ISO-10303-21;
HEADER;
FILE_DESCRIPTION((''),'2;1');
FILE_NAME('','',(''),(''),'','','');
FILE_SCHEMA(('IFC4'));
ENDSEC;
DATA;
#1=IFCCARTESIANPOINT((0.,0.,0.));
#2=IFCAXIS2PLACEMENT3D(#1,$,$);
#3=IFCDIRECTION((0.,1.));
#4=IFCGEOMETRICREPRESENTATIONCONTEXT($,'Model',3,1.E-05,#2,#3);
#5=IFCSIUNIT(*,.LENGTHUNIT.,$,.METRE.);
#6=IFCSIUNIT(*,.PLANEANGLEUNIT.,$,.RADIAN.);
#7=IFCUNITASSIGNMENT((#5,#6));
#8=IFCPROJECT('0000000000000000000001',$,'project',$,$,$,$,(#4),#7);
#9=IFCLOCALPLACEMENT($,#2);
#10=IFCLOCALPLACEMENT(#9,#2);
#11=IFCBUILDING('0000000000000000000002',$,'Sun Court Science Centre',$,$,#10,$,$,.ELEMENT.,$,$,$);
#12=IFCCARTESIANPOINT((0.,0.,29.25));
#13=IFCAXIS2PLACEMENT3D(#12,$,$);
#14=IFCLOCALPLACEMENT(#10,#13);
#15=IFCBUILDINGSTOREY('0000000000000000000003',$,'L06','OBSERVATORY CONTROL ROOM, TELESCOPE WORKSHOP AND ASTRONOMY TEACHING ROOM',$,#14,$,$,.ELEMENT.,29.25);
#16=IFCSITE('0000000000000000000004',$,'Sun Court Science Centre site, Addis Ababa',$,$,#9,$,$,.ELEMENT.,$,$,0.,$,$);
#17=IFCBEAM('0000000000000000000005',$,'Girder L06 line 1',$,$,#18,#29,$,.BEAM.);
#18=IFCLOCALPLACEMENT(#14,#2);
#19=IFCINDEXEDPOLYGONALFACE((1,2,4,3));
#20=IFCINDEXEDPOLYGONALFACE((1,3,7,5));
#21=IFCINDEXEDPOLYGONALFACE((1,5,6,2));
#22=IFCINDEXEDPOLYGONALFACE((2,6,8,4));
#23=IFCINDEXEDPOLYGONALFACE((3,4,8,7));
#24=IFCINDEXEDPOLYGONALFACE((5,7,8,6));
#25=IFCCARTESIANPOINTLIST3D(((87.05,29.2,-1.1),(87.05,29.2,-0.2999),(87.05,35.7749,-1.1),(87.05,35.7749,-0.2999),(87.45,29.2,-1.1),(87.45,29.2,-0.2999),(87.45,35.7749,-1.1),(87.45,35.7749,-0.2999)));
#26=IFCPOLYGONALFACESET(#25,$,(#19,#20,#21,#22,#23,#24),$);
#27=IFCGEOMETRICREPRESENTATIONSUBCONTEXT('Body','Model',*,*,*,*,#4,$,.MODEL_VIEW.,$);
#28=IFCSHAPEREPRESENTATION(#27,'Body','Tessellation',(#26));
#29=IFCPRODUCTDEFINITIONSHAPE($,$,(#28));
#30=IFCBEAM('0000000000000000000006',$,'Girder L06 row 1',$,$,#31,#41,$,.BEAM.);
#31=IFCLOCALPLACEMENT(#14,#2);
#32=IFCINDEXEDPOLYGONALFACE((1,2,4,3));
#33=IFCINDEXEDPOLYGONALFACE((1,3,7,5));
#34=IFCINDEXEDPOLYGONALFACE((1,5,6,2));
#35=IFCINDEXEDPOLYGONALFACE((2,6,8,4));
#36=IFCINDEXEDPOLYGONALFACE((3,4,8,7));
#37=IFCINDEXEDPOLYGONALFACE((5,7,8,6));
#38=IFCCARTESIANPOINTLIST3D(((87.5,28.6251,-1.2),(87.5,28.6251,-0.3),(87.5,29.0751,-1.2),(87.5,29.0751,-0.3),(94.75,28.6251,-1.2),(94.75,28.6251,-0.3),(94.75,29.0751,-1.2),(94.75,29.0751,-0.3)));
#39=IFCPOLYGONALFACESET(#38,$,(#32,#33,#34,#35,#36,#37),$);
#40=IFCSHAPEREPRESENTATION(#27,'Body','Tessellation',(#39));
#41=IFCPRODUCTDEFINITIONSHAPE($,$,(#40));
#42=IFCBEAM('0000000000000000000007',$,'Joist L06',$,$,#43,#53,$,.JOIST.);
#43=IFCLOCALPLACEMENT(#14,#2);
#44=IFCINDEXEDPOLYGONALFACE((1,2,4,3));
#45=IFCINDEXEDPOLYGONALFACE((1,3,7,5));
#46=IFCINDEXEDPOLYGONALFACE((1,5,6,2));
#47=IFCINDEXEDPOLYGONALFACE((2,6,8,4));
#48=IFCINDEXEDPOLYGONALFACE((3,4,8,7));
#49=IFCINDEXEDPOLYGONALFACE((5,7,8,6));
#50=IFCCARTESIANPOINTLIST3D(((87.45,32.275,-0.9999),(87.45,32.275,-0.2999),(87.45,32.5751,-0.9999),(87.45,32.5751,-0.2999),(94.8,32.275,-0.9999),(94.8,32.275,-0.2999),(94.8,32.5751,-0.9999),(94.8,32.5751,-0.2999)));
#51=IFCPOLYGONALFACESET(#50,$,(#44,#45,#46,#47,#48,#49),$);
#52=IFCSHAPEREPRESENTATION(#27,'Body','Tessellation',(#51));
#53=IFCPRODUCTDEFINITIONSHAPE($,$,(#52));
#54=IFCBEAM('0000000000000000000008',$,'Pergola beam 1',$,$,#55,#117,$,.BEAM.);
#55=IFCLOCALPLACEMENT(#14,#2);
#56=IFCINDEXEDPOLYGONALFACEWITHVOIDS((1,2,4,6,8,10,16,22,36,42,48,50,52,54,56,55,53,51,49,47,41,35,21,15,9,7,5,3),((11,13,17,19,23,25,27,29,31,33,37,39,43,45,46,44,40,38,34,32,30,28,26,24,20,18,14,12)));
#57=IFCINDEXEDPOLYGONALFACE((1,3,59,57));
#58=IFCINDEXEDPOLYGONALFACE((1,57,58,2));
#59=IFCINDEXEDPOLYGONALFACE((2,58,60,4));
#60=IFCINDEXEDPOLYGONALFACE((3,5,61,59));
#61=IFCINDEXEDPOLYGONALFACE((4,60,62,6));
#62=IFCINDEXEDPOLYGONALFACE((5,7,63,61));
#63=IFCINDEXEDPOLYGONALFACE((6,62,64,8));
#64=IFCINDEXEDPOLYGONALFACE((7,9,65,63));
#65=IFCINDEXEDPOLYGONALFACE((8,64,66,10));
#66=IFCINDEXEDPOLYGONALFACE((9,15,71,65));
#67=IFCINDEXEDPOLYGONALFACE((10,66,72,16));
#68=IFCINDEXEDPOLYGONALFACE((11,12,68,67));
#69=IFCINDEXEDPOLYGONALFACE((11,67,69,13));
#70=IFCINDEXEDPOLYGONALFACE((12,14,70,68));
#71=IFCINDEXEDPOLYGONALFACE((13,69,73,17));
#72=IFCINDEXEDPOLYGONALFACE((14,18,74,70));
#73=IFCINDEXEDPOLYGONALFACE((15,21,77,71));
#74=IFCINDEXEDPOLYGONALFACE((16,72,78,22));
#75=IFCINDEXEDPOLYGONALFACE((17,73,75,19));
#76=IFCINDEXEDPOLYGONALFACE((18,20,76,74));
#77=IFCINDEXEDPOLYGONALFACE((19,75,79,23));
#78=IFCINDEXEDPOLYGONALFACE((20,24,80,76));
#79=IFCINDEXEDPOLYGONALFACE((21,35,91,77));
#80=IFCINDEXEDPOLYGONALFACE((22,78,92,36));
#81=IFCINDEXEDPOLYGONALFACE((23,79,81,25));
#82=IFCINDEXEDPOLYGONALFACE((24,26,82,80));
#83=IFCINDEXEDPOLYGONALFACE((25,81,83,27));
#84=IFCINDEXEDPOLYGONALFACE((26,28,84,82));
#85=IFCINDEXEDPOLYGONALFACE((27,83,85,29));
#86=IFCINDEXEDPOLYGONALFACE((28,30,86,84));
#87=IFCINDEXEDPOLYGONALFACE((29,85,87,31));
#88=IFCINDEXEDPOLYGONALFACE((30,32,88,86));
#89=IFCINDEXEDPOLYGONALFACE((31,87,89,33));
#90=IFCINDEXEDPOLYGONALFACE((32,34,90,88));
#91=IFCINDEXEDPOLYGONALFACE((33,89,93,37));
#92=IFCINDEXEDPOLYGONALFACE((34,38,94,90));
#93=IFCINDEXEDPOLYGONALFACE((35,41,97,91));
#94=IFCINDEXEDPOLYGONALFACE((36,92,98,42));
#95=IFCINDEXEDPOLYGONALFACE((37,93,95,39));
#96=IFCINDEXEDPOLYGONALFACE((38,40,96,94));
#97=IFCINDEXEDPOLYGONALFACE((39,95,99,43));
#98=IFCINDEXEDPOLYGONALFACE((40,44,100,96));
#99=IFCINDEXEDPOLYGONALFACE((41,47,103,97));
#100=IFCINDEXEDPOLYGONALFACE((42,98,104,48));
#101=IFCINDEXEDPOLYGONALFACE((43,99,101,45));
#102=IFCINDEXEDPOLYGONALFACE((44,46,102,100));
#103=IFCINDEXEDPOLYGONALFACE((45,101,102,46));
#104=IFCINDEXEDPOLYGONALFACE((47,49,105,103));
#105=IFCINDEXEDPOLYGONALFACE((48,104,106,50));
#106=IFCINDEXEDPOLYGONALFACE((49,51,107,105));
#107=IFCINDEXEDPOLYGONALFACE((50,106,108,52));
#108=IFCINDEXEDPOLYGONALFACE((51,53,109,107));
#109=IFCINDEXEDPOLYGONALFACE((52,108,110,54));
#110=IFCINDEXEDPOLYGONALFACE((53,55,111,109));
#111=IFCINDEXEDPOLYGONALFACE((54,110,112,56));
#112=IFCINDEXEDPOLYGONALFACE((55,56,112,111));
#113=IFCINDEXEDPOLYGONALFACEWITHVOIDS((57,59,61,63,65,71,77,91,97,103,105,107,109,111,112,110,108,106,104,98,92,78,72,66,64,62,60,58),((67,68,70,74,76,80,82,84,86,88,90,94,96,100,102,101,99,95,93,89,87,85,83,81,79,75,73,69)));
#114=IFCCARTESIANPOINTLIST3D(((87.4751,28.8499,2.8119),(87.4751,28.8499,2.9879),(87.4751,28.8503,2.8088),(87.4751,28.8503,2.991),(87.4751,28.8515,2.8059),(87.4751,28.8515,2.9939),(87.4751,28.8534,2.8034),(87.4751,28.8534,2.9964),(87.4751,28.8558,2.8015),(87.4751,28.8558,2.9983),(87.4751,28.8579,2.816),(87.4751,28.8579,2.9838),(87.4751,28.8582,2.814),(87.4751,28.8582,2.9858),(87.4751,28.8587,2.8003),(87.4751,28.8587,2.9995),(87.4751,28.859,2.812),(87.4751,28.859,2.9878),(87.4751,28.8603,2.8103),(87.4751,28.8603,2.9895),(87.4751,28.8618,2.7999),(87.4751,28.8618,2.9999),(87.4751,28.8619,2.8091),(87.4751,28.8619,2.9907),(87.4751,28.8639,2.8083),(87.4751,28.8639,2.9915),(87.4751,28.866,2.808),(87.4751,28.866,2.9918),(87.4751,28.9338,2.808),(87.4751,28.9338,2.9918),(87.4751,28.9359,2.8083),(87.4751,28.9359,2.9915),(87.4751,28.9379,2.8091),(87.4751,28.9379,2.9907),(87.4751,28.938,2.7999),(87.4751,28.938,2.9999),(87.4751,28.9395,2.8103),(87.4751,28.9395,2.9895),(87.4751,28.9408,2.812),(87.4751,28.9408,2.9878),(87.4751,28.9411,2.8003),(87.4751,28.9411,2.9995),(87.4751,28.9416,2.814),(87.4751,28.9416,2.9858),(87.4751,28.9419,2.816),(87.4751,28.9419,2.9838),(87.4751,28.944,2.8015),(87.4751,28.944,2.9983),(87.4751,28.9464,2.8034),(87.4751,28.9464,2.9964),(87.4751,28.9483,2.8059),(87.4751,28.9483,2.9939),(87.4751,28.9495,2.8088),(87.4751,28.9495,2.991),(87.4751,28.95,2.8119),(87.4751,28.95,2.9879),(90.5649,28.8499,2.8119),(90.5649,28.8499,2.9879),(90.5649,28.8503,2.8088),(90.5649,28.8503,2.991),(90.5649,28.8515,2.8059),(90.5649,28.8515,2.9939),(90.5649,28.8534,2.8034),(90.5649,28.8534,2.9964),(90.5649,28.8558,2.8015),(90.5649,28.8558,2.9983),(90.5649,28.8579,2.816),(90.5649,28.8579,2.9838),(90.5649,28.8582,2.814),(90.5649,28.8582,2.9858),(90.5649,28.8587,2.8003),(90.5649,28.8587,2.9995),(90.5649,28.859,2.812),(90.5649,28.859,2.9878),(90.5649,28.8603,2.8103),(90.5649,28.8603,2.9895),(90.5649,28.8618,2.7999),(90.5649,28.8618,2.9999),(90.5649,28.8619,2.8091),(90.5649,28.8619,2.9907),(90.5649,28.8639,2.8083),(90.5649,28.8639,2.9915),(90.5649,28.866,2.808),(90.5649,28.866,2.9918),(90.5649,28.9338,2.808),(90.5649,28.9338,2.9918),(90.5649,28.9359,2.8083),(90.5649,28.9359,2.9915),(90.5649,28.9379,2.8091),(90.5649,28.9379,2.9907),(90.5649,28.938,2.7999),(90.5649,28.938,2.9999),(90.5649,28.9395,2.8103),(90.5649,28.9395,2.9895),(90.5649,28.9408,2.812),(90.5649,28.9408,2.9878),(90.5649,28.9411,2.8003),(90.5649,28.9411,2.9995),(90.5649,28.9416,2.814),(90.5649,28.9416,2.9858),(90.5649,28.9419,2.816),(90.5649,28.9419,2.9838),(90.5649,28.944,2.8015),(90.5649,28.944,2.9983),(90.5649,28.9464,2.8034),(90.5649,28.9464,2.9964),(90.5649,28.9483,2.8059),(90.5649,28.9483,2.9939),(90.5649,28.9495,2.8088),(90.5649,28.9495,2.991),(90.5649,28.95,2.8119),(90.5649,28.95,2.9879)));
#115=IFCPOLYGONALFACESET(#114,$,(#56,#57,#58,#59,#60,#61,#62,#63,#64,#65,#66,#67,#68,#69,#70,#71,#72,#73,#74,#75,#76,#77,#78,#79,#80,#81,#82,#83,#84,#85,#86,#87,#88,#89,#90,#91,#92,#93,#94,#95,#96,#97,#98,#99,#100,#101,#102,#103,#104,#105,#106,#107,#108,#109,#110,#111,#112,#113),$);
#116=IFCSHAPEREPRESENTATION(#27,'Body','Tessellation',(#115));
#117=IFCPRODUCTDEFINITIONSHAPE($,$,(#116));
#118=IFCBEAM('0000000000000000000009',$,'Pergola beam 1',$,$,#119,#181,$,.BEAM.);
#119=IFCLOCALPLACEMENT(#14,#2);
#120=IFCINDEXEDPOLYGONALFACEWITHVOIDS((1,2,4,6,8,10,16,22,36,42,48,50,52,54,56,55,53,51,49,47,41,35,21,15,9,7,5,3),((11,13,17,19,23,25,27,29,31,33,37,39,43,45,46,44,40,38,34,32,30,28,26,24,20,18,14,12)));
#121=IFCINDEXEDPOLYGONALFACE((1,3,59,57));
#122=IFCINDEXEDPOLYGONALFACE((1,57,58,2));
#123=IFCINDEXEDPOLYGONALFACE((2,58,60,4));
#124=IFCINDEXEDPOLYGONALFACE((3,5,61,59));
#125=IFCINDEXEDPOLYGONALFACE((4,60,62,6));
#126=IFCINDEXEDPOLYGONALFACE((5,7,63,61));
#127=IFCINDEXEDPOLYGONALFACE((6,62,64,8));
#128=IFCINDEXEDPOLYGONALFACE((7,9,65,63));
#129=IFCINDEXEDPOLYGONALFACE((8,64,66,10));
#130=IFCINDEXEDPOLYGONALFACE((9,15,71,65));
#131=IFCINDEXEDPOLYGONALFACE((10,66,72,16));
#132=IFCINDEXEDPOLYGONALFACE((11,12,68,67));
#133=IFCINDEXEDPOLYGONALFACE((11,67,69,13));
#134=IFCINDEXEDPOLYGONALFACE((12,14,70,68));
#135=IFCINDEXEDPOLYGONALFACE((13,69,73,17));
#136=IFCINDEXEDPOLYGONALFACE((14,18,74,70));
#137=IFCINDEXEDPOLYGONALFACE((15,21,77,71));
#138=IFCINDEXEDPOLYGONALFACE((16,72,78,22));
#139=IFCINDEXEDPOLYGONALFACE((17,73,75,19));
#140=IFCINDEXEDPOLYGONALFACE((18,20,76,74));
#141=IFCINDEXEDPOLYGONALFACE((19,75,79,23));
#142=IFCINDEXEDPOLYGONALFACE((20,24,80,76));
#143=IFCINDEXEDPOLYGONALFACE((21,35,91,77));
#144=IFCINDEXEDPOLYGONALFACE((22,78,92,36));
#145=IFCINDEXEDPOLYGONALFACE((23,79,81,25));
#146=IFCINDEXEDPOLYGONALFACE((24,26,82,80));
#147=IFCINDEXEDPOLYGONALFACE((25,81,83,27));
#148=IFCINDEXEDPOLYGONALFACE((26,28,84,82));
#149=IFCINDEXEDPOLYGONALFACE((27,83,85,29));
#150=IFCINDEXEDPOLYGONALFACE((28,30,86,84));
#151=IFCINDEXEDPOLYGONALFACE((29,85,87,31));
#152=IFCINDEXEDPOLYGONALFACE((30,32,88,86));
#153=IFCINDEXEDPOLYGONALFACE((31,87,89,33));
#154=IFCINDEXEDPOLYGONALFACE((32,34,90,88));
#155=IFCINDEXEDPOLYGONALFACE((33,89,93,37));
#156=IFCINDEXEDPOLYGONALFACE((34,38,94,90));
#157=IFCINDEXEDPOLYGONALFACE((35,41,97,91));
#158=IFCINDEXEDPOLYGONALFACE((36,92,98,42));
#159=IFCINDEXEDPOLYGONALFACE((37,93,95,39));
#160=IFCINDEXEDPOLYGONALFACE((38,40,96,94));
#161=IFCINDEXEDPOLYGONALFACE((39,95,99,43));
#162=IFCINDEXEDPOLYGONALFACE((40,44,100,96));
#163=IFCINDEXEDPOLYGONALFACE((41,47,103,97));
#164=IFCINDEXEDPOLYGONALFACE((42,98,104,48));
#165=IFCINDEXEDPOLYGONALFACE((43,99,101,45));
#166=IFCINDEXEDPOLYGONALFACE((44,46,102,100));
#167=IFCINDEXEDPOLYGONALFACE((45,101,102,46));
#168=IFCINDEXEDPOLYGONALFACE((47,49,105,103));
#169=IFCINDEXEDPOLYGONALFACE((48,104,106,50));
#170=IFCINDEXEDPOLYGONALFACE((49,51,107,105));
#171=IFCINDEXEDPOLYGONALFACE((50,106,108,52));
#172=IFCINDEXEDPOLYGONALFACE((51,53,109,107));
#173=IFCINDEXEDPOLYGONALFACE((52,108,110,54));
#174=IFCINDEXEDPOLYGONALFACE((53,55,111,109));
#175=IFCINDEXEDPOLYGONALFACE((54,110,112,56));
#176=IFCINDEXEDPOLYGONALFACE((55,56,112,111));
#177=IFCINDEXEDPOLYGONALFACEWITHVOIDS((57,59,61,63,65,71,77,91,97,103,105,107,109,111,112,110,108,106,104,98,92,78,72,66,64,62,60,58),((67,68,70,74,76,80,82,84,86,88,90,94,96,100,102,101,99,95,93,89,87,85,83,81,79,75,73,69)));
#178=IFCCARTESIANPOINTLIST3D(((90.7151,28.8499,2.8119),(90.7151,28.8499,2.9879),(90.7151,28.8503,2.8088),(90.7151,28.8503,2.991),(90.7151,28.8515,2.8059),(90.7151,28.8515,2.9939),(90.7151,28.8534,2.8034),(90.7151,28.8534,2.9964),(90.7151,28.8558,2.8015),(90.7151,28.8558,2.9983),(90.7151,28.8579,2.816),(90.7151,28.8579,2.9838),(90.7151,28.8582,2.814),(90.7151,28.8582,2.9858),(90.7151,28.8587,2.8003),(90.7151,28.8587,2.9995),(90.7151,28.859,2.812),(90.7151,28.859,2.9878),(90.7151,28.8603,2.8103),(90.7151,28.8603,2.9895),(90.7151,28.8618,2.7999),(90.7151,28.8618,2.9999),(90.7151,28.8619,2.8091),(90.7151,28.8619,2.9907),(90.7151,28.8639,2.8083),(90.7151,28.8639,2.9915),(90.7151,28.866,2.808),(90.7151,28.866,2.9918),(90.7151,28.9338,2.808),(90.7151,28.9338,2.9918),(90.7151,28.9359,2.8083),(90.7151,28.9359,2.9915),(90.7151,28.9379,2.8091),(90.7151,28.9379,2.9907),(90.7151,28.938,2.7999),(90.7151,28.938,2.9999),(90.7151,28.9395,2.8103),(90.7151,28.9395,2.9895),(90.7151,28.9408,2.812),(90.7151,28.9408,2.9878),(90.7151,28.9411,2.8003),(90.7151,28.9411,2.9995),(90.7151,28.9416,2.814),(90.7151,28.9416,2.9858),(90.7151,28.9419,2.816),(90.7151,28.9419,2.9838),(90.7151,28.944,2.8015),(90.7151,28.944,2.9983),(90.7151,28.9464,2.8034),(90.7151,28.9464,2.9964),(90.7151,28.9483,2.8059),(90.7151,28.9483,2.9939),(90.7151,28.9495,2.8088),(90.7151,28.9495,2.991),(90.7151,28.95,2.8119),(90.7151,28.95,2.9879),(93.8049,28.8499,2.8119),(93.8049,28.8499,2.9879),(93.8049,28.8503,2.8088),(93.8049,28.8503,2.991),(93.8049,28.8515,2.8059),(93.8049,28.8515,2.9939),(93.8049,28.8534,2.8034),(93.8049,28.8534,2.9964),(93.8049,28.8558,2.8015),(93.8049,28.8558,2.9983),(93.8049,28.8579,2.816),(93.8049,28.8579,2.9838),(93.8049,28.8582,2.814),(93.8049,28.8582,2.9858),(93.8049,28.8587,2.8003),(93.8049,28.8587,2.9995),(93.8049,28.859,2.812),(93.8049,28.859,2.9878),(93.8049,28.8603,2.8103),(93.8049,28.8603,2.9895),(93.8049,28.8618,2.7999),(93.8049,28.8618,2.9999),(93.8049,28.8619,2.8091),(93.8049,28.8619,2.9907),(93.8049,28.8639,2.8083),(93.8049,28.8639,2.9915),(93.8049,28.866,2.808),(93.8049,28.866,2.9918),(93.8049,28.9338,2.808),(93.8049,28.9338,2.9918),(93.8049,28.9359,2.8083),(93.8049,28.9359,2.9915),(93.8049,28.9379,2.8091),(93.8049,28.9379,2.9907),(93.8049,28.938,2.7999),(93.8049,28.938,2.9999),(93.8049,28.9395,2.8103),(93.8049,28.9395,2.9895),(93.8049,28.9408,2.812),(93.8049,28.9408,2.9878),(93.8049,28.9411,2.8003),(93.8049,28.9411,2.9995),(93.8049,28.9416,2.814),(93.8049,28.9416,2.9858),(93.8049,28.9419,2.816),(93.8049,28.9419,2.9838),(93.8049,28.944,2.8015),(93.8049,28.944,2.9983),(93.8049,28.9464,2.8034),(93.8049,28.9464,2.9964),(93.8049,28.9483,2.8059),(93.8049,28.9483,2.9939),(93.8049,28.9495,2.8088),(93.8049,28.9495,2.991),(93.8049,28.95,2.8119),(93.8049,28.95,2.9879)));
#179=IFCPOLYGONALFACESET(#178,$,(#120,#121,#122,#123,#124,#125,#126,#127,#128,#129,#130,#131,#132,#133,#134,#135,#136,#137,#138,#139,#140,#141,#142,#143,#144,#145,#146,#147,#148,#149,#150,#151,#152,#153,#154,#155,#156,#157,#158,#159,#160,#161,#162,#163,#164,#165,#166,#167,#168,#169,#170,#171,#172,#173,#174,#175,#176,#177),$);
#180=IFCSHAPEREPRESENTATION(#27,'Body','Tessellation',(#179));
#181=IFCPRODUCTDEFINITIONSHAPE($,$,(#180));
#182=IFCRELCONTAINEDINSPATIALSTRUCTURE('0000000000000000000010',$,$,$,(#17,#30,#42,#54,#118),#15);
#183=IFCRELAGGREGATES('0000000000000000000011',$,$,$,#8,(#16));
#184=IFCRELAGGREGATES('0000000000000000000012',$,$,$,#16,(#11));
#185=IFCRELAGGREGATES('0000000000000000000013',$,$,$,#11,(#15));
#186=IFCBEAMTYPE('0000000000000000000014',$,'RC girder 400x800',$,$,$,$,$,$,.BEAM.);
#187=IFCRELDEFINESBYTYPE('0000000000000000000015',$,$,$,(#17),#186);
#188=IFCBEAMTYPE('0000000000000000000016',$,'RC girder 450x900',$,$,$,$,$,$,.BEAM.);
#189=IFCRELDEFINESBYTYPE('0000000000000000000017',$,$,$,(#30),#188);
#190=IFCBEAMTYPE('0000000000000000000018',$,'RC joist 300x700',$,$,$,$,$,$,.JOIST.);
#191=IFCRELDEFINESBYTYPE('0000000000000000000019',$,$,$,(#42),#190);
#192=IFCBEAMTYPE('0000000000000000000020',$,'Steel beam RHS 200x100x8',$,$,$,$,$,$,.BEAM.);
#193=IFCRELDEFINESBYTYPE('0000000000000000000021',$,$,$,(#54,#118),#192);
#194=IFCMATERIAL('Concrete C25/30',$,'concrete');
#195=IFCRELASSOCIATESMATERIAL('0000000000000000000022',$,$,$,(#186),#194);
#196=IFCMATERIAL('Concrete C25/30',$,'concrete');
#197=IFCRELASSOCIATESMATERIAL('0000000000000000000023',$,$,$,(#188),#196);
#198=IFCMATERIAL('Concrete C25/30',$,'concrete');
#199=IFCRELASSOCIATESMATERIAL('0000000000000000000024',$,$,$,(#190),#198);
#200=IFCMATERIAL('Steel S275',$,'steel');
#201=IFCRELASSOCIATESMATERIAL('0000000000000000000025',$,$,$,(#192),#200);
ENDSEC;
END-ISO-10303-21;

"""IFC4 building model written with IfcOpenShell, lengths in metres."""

from ifc_helpers import new_model, si_unit, direction, frame, origin, origin_2d, place, context, subcontext, project, spatial, rectangle, hollow_rectangle, extrude, material, material_profile, profile_set, type_object, element, save


model = new_model("IFC4")

# Units and contexts
model_context = context("Model", 3, precision=1e-05, world=origin(), true_north=direction((0.0, 1.0)))
body_context = subcontext(model_context, "Body", "Model", "MODEL_VIEW")
ifc_project = project(units=[si_unit("LENGTHUNIT", "METRE"), si_unit("PLANEANGLEUNIT", "RADIAN")], contexts=[model_context])

# Site, building, storey
site_placement = place(None, origin())
site = spatial("IfcSite", under=ifc_project, at=site_placement, Name="Sun Court Science Centre site, Addis Ababa", CompositionType="ELEMENT", RefElevation=0.0)
building_placement = place(site_placement, origin())
building = spatial("IfcBuilding", under=site, at=building_placement, Name="Sun Court Science Centre", CompositionType="ELEMENT")
storey_placement = place(building_placement, frame((0.0, 0.0, 29.25)))
storey = spatial("IfcBuildingStorey", under=building, at=storey_placement, Name="L06", Description="OBSERVATORY CONTROL ROOM, TELESCOPE WORKSHOP AND ASTRONOMY TEACHING ROOM", CompositionType="ELEMENT", Elevation=29.25)

# Beams
ifc_material_1 = material(Name="Concrete C25/30", Category="concrete")
ifc_material_profile_1 = material_profile(ifc_material_1, rectangle(XDim=0.3999, YDim=0.8, at=origin_2d()), Name="RC 400x800")
ifc_profile_set_1 = profile_set([ifc_material_profile_1], Name="Concrete C25/30")
beam_type_1 = type_object("IfcBeamType", Name="RC girder 400x800", PredefinedType="BEAM", material=ifc_profile_set_1)
beam_1_placement = place(storey_placement, frame((87.25, 29.2, -0.7), z_axis=(0.0, 1.0, 0.0), x_axis=(-1.0, 0.0, 0.0)))
element("IfcBeam", 1, at=beam_1_placement, inside=storey, type_object=beam_type_1, Name="Girder L06 line 1", PredefinedType="BEAM", context=body_context, shape_type="SweptSolid", body=[
    extrude(rectangle(XDim=0.3999, YDim=0.8, at=origin_2d()), origin(), (0.0, 0.0, 1.0), 6.575),
])
ifc_material_2 = material(Name="Concrete C25/30", Category="concrete")
ifc_material_profile_2 = material_profile(ifc_material_2, rectangle(XDim=0.45, YDim=0.8999, at=origin_2d()), Name="RC 450x900")
ifc_profile_set_2 = profile_set([ifc_material_profile_2], Name="Concrete C25/30")
beam_type_2 = type_object("IfcBeamType", Name="RC girder 450x900", PredefinedType="BEAM", material=ifc_profile_set_2)
beam_2_placement = place(storey_placement, frame((87.5, 28.8501, -0.75), z_axis=(1.0, 0.0, 0.0), x_axis=(0.0, 1.0, 0.0)))
element("IfcBeam", 2, at=beam_2_placement, inside=storey, type_object=beam_type_2, Name="Girder L06 row 1", PredefinedType="BEAM", context=body_context, shape_type="SweptSolid", body=[
    extrude(rectangle(XDim=0.45, YDim=0.8999, at=origin_2d()), origin(), (0.0, 0.0, 1.0), 7.25),
])
ifc_material_3 = material(Name="Concrete C25/30", Category="concrete")
ifc_material_profile_3 = material_profile(ifc_material_3, rectangle(XDim=0.3, YDim=0.7, at=origin_2d()), Name="RC 300x700")
ifc_profile_set_3 = profile_set([ifc_material_profile_3], Name="Concrete C25/30")
beam_type_3 = type_object("IfcBeamType", Name="RC joist 300x700", PredefinedType="JOIST", material=ifc_profile_set_3)
beam_3_placement = place(storey_placement, frame((87.45, 32.425, -0.6499), z_axis=(1.0, 0.0, 0.0), x_axis=(0.0, 1.0, 0.0)))
element("IfcBeam", 3, at=beam_3_placement, inside=storey, type_object=beam_type_3, Name="Joist L06", PredefinedType="JOIST", context=body_context, shape_type="SweptSolid", body=[
    extrude(rectangle(XDim=0.3, YDim=0.7, at=origin_2d()), origin(), (0.0, 0.0, 1.0), 7.3501),
])
ifc_material_4 = material(Name="Steel S275", Category="steel")
ifc_material_profile_4 = material_profile(ifc_material_4, hollow_rectangle(XDim=0.1001, YDim=0.2, WallThickness=0.0081, InnerFilletRadius=0.0081, OuterFilletRadius=0.012, at=origin_2d()), Name="RHS 200x100x8")
ifc_profile_set_4 = profile_set([ifc_material_profile_4], Name="Steel S275")
beam_type_4 = type_object("IfcBeamType", Name="Steel beam RHS 200x100x8", PredefinedType="BEAM", material=ifc_profile_set_4)
for number, where, z_axis, x_axis, name in (
    (4, (87.4751, 28.8999, 2.8999), (1.0, 0.0, 0.0), (0.0, 1.0, 0.0), "Pergola beam 1"),
    (5, (90.7151, 28.8999, 2.8999), (1.0, 0.0, 0.0), (0.0, 1.0, 0.0), "Pergola beam 1"),
):
    element("IfcBeam", number, at=place(storey_placement, frame(where, z_axis=z_axis, x_axis=x_axis)), inside=storey, type_object=beam_type_4, Name=name, PredefinedType="BEAM", context=body_context, shape_type="SweptSolid", body=[
        extrude(hollow_rectangle(XDim=0.1001, YDim=0.2, WallThickness=0.0081, InnerFilletRadius=0.0081, OuterFilletRadius=0.012, at=origin_2d()), origin(), (0.0, 0.0, 1.0), 3.0898),
    ])

save(model, "model.ifc")
